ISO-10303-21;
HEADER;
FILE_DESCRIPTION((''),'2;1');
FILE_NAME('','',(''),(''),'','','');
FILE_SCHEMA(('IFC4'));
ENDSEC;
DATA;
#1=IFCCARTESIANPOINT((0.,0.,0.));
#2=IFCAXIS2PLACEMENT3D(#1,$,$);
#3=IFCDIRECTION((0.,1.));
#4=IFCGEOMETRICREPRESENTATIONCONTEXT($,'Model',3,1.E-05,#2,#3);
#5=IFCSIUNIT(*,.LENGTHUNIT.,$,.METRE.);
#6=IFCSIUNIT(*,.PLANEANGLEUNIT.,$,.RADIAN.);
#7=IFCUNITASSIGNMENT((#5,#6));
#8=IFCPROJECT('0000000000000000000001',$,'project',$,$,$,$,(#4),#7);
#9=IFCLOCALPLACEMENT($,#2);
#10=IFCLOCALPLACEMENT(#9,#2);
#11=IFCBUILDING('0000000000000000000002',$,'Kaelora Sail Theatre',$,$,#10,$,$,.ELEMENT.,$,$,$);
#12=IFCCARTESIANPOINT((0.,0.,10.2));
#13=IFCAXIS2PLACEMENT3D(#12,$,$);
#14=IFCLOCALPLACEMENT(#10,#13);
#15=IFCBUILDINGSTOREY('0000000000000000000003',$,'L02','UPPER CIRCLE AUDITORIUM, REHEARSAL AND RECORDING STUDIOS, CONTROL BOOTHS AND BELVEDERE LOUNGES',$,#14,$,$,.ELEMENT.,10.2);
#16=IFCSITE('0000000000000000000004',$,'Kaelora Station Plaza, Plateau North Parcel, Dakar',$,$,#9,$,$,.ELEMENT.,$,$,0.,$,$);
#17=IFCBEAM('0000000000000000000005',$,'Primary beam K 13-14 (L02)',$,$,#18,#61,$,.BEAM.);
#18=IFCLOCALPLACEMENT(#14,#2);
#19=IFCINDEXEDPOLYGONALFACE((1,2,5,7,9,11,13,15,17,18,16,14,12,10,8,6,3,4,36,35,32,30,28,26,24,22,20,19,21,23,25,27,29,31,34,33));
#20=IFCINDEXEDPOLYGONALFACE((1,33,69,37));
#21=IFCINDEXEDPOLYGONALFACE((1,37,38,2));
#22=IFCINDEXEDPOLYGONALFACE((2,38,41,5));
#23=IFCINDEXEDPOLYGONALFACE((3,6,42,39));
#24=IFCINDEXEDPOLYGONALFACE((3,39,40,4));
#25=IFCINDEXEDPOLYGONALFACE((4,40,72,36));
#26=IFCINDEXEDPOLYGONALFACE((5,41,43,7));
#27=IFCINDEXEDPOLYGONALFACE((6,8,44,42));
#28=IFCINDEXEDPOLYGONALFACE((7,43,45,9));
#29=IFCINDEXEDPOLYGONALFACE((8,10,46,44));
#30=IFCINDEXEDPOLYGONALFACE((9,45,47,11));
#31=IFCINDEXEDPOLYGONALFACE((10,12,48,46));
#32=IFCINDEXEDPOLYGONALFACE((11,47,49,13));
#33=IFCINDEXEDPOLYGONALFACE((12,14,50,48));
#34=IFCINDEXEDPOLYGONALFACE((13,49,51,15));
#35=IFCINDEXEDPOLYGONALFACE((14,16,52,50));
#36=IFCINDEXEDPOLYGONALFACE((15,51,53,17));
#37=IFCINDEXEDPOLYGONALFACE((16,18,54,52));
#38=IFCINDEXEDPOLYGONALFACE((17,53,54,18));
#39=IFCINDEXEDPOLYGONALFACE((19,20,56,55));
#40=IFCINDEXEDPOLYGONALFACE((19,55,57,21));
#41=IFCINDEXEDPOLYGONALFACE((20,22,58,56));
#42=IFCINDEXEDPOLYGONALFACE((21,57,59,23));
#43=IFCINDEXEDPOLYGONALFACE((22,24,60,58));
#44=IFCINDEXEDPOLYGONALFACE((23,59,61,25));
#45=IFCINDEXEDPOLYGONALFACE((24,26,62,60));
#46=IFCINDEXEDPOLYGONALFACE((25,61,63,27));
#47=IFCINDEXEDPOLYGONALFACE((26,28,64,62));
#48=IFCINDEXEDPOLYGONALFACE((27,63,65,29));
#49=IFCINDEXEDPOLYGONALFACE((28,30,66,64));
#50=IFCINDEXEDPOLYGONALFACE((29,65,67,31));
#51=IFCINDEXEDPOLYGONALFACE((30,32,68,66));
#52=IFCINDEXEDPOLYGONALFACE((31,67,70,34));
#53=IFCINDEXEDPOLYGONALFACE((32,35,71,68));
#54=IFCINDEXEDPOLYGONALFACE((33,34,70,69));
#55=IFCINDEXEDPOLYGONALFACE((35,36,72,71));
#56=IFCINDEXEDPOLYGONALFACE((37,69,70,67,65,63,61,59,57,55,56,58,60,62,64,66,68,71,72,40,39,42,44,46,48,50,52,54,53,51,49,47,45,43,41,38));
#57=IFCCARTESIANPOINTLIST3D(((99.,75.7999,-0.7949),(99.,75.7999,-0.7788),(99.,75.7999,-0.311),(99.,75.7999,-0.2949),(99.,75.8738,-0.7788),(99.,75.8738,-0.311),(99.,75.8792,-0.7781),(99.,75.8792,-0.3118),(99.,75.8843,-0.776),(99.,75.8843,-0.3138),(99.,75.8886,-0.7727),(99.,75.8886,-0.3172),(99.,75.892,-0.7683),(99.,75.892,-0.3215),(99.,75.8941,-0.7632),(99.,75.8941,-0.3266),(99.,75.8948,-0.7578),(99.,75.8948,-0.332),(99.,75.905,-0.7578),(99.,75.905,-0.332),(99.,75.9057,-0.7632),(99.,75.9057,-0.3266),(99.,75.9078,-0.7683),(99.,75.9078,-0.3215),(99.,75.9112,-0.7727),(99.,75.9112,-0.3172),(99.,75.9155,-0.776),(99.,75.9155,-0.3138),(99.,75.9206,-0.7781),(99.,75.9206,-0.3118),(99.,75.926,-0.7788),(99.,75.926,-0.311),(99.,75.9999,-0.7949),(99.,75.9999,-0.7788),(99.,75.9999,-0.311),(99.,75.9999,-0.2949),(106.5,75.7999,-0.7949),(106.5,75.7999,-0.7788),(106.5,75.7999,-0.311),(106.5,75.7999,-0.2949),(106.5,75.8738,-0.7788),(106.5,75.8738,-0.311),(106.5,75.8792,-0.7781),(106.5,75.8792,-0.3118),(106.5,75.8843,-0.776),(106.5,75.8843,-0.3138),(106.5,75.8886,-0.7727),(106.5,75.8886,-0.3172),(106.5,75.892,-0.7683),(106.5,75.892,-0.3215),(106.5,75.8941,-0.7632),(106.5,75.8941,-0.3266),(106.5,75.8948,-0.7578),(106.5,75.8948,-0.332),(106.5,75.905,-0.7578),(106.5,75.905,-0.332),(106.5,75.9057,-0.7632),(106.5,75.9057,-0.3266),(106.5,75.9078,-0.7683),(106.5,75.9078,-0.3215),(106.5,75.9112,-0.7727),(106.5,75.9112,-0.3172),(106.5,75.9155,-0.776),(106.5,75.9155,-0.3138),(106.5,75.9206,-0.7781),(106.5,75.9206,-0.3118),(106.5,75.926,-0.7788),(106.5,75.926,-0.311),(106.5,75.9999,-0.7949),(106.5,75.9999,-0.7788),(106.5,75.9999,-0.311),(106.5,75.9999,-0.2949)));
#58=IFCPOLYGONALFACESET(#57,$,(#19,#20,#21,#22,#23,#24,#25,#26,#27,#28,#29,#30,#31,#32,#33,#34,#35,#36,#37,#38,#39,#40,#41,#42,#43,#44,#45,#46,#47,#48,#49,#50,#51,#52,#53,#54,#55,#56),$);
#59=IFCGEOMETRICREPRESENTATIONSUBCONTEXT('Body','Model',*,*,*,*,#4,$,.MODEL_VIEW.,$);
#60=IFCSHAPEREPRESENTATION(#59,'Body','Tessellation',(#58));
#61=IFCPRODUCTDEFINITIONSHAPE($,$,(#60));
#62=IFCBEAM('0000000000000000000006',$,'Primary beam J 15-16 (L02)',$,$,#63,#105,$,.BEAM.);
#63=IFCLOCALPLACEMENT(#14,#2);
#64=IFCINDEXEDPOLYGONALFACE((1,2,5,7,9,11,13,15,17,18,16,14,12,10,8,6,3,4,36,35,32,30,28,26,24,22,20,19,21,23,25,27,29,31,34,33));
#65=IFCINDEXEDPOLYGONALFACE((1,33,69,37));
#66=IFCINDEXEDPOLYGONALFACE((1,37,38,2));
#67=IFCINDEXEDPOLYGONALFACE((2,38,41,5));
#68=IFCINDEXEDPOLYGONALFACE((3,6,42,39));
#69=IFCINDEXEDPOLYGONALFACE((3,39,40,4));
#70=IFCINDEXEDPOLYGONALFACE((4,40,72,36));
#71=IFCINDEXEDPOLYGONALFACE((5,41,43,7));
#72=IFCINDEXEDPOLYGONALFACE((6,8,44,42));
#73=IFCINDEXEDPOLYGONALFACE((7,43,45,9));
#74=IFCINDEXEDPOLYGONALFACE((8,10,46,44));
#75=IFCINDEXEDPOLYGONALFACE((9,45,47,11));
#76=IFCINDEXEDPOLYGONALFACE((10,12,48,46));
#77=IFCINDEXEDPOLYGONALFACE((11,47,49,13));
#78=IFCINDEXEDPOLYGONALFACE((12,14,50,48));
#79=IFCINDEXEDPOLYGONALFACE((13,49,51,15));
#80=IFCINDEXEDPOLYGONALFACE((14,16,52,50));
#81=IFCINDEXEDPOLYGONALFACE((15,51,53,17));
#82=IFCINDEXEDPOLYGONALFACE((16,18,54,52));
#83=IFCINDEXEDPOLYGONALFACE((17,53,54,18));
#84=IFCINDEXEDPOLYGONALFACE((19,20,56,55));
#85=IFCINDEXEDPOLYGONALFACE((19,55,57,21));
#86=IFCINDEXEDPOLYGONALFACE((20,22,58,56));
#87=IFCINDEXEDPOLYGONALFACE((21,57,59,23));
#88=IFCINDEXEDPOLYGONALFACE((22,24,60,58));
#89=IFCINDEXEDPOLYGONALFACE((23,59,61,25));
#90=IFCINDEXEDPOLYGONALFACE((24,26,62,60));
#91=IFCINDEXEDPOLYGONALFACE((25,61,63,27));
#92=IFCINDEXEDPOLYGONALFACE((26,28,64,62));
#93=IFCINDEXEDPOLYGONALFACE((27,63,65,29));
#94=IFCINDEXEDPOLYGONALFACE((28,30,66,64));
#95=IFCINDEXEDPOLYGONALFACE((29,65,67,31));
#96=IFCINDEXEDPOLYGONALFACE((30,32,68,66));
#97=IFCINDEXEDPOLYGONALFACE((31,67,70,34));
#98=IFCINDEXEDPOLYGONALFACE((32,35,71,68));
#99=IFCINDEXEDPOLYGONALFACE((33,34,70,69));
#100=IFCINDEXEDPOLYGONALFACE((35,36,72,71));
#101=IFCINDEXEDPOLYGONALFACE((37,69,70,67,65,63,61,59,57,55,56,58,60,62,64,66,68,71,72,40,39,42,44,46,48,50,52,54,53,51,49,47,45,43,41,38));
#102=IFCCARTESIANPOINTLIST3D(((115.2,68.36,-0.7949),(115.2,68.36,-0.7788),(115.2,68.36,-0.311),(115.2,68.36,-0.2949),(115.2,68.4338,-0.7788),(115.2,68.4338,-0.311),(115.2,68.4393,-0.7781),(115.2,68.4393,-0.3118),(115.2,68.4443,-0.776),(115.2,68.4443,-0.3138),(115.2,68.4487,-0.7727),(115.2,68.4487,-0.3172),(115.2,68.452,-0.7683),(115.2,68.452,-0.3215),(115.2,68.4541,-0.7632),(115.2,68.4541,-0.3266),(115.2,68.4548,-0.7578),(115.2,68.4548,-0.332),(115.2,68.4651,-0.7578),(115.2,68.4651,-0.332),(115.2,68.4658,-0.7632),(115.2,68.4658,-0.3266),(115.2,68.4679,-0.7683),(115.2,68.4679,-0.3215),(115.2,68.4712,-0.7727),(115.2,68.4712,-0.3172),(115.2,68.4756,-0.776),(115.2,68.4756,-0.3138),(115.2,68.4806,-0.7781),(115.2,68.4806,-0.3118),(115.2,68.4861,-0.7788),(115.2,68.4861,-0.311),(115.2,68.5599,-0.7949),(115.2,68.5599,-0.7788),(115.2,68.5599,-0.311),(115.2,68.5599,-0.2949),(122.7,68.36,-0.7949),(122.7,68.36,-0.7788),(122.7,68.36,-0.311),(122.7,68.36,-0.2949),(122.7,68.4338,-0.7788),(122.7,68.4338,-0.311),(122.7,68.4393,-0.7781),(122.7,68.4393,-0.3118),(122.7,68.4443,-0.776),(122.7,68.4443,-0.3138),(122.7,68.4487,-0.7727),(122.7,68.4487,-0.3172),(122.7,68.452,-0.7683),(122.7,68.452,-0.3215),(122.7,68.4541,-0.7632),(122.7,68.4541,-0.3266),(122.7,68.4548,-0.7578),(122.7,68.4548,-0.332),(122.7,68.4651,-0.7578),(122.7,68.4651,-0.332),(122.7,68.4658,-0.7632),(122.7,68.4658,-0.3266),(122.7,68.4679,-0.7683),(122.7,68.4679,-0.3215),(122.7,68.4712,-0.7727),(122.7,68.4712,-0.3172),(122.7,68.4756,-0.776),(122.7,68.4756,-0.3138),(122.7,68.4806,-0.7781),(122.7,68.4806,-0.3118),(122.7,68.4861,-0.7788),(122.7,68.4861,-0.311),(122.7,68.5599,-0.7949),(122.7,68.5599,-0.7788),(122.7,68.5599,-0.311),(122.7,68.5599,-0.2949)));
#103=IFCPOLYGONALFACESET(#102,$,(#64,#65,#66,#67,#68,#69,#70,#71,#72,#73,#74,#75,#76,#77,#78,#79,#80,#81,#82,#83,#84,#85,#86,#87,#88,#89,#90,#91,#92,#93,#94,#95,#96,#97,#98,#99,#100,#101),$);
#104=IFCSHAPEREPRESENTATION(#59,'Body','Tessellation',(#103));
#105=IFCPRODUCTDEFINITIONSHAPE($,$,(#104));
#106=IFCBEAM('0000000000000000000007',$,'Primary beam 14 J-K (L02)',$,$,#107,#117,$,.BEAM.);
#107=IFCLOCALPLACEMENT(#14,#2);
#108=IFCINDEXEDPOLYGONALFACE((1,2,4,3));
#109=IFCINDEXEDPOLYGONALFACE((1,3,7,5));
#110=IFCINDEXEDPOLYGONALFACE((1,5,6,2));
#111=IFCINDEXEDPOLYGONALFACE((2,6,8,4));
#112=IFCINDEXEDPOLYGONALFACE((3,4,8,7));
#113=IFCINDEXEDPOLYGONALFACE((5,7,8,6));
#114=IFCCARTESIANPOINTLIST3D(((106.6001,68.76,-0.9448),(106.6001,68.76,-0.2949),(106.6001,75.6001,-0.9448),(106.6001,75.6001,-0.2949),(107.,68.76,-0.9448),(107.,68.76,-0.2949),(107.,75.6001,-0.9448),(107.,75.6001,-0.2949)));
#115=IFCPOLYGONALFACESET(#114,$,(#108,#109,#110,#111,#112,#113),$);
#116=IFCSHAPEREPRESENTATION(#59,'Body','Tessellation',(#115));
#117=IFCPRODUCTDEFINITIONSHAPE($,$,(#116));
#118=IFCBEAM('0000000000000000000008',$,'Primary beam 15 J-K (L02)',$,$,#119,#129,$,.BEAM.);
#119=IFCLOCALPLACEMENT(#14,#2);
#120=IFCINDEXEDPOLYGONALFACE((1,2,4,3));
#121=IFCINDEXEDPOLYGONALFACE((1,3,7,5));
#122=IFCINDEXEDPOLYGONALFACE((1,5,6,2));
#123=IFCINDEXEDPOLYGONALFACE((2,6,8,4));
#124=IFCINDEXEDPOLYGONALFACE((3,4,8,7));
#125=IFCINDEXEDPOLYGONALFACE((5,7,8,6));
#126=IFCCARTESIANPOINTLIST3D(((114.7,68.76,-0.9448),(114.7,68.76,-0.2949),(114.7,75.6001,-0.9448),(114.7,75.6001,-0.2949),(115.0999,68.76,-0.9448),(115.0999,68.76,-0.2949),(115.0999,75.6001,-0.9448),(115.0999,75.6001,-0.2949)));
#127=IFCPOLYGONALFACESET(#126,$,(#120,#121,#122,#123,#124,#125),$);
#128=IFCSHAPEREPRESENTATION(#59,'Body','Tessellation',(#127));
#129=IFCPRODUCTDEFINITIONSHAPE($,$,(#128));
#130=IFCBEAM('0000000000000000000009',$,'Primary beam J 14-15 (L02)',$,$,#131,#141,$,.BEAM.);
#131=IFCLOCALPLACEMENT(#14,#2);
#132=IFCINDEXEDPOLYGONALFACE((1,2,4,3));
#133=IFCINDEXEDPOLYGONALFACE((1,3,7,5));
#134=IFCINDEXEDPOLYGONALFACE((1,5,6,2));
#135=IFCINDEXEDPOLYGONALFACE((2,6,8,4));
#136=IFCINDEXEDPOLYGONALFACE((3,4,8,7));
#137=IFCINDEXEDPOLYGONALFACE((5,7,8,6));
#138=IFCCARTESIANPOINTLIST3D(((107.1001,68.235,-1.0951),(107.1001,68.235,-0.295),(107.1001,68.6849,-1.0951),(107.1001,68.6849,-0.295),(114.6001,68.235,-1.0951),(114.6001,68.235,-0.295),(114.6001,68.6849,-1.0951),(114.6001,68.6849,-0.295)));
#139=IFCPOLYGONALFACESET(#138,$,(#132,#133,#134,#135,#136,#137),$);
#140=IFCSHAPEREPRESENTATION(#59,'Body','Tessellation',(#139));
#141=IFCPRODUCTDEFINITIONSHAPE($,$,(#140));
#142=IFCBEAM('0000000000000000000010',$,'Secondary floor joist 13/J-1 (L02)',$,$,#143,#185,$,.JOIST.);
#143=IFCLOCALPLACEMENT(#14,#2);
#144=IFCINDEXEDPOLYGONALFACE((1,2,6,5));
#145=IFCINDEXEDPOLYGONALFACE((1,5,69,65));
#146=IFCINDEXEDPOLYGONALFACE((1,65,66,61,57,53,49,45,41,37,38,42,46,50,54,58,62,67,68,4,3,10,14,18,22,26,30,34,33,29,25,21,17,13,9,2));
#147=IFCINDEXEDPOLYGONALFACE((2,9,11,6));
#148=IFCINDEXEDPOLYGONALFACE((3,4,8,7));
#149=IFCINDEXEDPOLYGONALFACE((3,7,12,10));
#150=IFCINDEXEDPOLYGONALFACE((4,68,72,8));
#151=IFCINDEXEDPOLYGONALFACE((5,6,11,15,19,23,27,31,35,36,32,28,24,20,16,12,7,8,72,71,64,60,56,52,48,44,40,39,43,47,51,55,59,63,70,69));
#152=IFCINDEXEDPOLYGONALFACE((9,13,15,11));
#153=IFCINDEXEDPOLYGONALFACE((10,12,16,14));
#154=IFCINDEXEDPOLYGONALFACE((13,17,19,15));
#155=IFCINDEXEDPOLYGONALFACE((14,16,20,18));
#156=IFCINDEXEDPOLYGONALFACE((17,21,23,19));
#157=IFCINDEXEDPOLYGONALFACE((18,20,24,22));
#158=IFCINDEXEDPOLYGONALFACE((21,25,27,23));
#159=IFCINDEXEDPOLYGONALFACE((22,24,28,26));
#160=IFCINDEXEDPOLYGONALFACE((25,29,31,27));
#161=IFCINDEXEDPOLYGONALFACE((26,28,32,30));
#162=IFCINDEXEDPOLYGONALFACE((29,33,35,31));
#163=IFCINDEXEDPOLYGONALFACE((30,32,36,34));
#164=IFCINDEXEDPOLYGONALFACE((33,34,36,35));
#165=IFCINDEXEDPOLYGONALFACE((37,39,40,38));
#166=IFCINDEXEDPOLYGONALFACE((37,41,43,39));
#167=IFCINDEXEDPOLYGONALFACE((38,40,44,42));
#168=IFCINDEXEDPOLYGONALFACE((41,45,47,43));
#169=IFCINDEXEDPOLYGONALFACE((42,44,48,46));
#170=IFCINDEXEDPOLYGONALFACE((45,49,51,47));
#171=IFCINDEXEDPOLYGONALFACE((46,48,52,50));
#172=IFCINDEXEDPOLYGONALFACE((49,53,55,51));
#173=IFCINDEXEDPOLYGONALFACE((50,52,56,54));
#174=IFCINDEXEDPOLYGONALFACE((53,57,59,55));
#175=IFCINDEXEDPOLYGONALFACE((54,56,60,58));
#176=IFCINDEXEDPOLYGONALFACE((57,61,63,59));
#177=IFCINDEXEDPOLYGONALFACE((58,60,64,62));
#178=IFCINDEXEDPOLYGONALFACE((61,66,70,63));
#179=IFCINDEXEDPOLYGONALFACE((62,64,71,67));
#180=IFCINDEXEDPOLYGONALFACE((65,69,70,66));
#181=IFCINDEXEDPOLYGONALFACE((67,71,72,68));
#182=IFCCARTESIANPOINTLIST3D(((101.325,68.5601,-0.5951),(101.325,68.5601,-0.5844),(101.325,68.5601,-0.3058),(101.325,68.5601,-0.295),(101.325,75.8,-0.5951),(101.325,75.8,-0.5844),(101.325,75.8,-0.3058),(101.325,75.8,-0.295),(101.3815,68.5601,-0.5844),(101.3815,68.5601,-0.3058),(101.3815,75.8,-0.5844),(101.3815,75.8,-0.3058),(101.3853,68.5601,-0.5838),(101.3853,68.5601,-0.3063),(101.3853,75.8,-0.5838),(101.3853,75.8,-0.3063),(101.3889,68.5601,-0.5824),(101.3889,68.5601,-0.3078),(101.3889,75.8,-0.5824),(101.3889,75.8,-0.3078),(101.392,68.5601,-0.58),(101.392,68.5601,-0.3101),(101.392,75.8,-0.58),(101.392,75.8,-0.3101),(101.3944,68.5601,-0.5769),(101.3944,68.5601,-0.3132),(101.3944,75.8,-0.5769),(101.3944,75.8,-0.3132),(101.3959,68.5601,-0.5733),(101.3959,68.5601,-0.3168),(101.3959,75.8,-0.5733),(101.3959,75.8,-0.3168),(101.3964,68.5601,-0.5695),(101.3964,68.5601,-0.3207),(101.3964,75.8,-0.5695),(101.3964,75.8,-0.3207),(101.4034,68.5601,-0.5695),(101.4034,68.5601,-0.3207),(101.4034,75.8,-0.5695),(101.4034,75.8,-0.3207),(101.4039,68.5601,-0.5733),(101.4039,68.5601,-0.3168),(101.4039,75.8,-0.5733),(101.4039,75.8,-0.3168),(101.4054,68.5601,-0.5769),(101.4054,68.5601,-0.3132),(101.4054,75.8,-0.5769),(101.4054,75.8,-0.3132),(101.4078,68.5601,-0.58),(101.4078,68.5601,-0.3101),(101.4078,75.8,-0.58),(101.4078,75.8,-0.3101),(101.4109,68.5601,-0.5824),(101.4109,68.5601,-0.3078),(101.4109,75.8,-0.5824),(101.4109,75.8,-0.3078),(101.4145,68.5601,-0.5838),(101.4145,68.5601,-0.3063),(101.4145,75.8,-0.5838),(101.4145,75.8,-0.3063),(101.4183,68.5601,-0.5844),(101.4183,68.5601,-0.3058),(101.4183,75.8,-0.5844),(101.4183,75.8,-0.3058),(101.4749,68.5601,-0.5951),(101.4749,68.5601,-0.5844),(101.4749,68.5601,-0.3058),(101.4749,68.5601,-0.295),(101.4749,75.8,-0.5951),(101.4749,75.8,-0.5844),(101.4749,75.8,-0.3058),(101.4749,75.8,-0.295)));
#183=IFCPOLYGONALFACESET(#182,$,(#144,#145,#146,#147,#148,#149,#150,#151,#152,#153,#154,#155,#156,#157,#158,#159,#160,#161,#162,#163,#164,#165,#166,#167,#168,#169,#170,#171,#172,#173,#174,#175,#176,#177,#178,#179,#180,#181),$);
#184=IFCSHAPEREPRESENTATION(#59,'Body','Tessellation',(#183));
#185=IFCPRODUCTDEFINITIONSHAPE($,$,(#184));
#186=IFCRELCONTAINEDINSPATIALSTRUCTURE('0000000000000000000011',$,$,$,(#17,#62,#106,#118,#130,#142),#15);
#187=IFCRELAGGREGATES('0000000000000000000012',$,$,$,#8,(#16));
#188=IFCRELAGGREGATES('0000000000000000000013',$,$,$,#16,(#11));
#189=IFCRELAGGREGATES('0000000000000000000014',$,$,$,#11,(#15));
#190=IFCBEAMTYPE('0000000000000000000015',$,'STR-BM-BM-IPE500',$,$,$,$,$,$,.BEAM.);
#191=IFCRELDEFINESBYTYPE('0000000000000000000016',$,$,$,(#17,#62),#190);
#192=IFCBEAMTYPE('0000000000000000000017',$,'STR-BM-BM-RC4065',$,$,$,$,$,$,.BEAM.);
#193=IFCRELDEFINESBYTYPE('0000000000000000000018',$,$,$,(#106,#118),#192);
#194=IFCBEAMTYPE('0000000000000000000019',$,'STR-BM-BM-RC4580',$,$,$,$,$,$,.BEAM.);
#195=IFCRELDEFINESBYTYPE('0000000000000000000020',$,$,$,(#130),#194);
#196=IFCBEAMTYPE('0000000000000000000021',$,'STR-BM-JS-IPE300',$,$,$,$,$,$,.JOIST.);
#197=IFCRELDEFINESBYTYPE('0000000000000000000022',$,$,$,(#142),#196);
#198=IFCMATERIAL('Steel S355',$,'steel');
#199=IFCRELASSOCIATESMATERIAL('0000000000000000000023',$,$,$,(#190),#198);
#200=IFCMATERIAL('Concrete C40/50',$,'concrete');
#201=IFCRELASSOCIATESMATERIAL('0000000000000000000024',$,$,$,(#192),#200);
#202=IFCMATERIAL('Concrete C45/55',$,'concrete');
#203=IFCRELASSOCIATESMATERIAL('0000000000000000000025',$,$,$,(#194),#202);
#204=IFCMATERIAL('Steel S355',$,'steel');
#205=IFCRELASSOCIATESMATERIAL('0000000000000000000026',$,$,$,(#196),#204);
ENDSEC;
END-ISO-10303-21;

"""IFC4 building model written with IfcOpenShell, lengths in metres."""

from ifc_helpers import new_model, si_unit, direction, frame, origin, origin_2d, place, context, subcontext, project, spatial, rectangle, i_section, extrude, material, material_profile, profile_set, type_object, element, save


model = new_model("IFC4")

# Units and contexts
model_context = context("Model", 3, precision=1e-05, world=origin(), true_north=direction((0.0, 1.0)))
body_context = subcontext(model_context, "Body", "Model", "MODEL_VIEW")
ifc_project = project(units=[si_unit("LENGTHUNIT", "METRE"), si_unit("PLANEANGLEUNIT", "RADIAN")], contexts=[model_context])

# Site, building, storey
site_placement = place(None, origin())
site = spatial("IfcSite", under=ifc_project, at=site_placement, Name="Kaelora Station Plaza, Plateau North Parcel, Dakar", CompositionType="ELEMENT", RefElevation=0.0)
building_placement = place(site_placement, origin())
building = spatial("IfcBuilding", under=site, at=building_placement, Name="Kaelora Sail Theatre", CompositionType="ELEMENT")
storey_placement = place(building_placement, frame((0.0, 0.0, 10.2)))
storey = spatial("IfcBuildingStorey", under=building, at=storey_placement, Name="L02", Description="UPPER CIRCLE AUDITORIUM, REHEARSAL AND RECORDING STUDIOS, CONTROL BOOTHS AND BELVEDERE LOUNGES", CompositionType="ELEMENT", Elevation=10.2)

# Beams
ifc_material_1 = material(Name="Steel S355", Category="steel")
ifc_material_profile_1 = material_profile(ifc_material_1, i_section(OverallWidth=0.2, OverallDepth=0.5, WebThickness=0.0103, FlangeThickness=0.0161, FilletRadius=0.021, at=origin_2d()), Name="IPE 500")
ifc_profile_set_1 = profile_set([ifc_material_profile_1], Name="Steel S355")
beam_type_1 = type_object("IfcBeamType", Name="STR-BM-BM-IPE500", PredefinedType="BEAM", material=ifc_profile_set_1)
for number, where, z_axis, x_axis, name in (
    (1, (99.0, 75.8999, -0.5449), (1.0, 0.0, 0.0), (0.0, 1.0, 0.0), "Primary beam K 13-14 (L02)"),
    (2, (115.2, 68.46, -0.5449), (1.0, 0.0, 0.0), (0.0, 1.0, 0.0), "Primary beam J 15-16 (L02)"),
):
    element("IfcBeam", number, at=place(storey_placement, frame(where, z_axis=z_axis, x_axis=x_axis)), inside=storey, type_object=beam_type_1, Name=name, PredefinedType="BEAM", context=body_context, shape_type="SweptSolid", body=[
        extrude(i_section(OverallWidth=0.2, OverallDepth=0.5, WebThickness=0.0103, FlangeThickness=0.0161, FilletRadius=0.021, at=origin_2d()), origin(), (0.0, 0.0, 1.0), 7.5),
    ])
ifc_material_2 = material(Name="Concrete C40/50", Category="concrete")
ifc_material_profile_2 = material_profile(ifc_material_2, rectangle(XDim=0.3999, YDim=0.6499, at=origin_2d()), Name="RC-BM 400x650")
ifc_profile_set_2 = profile_set([ifc_material_profile_2], Name="Concrete C40/50")
beam_type_2 = type_object("IfcBeamType", Name="STR-BM-BM-RC4065", PredefinedType="BEAM", material=ifc_profile_set_2)
for number, where, z_axis, x_axis, name in (
    (3, (106.8, 68.76, -0.6199), (0.0, 1.0, 0.0), (-1.0, 0.0, 0.0), "Primary beam 14 J-K (L02)"),
    (4, (114.8999, 68.76, -0.6199), (0.0, 1.0, 0.0), (-1.0, 0.0, 0.0), "Primary beam 15 J-K (L02)"),
):
    element("IfcBeam", number, at=place(storey_placement, frame(where, z_axis=z_axis, x_axis=x_axis)), inside=storey, type_object=beam_type_2, Name=name, PredefinedType="BEAM", context=body_context, shape_type="SweptSolid", body=[
        extrude(rectangle(XDim=0.3999, YDim=0.6499, at=origin_2d()), origin(), (0.0, 0.0, 1.0), 6.8401),
    ])
ifc_material_3 = material(Name="Concrete C45/55", Category="concrete")
ifc_material_profile_3 = material_profile(ifc_material_3, rectangle(XDim=0.45, YDim=0.8, at=origin_2d()), Name="RC-BM 450x800")
ifc_profile_set_3 = profile_set([ifc_material_profile_3], Name="Concrete C45/55")
beam_type_3 = type_object("IfcBeamType", Name="STR-BM-BM-RC4580", PredefinedType="BEAM", material=ifc_profile_set_3)
beam_1_placement = place(storey_placement, frame((107.1001, 68.46, -0.6951), z_axis=(1.0, 0.0, 0.0), x_axis=(0.0, 1.0, 0.0)))
element("IfcBeam", 5, at=beam_1_placement, inside=storey, type_object=beam_type_3, Name="Primary beam J 14-15 (L02)", PredefinedType="BEAM", context=body_context, shape_type="SweptSolid", body=[
    extrude(rectangle(XDim=0.45, YDim=0.8, at=origin_2d()), origin(), (0.0, 0.0, 1.0), 7.5),
])
ifc_material_4 = material(Name="Steel S355", Category="steel")
ifc_material_profile_4 = material_profile(ifc_material_4, i_section(OverallWidth=0.1499, OverallDepth=0.3, WebThickness=0.0071, FlangeThickness=0.0107, FilletRadius=0.0149, at=origin_2d()), Name="IPE 300")
ifc_profile_set_4 = profile_set([ifc_material_profile_4], Name="Steel S355")
beam_type_4 = type_object("IfcBeamType", Name="STR-BM-JS-IPE300", PredefinedType="JOIST", material=ifc_profile_set_4)
beam_2_placement = place(storey_placement, frame((101.3999, 68.5601, -0.4451), z_axis=(0.0, 1.0, 0.0), x_axis=(-1.0, 0.0, 0.0)))
element("IfcBeam", 6, at=beam_2_placement, inside=storey, type_object=beam_type_4, Name="Secondary floor joist 13/J-1 (L02)", PredefinedType="JOIST", context=body_context, shape_type="SweptSolid", body=[
    extrude(i_section(OverallWidth=0.1499, OverallDepth=0.3, WebThickness=0.0071, FlangeThickness=0.0107, FilletRadius=0.0149, at=origin_2d()), origin(), (0.0, 0.0, 1.0), 7.24),
])

save(model, "model.ifc")
